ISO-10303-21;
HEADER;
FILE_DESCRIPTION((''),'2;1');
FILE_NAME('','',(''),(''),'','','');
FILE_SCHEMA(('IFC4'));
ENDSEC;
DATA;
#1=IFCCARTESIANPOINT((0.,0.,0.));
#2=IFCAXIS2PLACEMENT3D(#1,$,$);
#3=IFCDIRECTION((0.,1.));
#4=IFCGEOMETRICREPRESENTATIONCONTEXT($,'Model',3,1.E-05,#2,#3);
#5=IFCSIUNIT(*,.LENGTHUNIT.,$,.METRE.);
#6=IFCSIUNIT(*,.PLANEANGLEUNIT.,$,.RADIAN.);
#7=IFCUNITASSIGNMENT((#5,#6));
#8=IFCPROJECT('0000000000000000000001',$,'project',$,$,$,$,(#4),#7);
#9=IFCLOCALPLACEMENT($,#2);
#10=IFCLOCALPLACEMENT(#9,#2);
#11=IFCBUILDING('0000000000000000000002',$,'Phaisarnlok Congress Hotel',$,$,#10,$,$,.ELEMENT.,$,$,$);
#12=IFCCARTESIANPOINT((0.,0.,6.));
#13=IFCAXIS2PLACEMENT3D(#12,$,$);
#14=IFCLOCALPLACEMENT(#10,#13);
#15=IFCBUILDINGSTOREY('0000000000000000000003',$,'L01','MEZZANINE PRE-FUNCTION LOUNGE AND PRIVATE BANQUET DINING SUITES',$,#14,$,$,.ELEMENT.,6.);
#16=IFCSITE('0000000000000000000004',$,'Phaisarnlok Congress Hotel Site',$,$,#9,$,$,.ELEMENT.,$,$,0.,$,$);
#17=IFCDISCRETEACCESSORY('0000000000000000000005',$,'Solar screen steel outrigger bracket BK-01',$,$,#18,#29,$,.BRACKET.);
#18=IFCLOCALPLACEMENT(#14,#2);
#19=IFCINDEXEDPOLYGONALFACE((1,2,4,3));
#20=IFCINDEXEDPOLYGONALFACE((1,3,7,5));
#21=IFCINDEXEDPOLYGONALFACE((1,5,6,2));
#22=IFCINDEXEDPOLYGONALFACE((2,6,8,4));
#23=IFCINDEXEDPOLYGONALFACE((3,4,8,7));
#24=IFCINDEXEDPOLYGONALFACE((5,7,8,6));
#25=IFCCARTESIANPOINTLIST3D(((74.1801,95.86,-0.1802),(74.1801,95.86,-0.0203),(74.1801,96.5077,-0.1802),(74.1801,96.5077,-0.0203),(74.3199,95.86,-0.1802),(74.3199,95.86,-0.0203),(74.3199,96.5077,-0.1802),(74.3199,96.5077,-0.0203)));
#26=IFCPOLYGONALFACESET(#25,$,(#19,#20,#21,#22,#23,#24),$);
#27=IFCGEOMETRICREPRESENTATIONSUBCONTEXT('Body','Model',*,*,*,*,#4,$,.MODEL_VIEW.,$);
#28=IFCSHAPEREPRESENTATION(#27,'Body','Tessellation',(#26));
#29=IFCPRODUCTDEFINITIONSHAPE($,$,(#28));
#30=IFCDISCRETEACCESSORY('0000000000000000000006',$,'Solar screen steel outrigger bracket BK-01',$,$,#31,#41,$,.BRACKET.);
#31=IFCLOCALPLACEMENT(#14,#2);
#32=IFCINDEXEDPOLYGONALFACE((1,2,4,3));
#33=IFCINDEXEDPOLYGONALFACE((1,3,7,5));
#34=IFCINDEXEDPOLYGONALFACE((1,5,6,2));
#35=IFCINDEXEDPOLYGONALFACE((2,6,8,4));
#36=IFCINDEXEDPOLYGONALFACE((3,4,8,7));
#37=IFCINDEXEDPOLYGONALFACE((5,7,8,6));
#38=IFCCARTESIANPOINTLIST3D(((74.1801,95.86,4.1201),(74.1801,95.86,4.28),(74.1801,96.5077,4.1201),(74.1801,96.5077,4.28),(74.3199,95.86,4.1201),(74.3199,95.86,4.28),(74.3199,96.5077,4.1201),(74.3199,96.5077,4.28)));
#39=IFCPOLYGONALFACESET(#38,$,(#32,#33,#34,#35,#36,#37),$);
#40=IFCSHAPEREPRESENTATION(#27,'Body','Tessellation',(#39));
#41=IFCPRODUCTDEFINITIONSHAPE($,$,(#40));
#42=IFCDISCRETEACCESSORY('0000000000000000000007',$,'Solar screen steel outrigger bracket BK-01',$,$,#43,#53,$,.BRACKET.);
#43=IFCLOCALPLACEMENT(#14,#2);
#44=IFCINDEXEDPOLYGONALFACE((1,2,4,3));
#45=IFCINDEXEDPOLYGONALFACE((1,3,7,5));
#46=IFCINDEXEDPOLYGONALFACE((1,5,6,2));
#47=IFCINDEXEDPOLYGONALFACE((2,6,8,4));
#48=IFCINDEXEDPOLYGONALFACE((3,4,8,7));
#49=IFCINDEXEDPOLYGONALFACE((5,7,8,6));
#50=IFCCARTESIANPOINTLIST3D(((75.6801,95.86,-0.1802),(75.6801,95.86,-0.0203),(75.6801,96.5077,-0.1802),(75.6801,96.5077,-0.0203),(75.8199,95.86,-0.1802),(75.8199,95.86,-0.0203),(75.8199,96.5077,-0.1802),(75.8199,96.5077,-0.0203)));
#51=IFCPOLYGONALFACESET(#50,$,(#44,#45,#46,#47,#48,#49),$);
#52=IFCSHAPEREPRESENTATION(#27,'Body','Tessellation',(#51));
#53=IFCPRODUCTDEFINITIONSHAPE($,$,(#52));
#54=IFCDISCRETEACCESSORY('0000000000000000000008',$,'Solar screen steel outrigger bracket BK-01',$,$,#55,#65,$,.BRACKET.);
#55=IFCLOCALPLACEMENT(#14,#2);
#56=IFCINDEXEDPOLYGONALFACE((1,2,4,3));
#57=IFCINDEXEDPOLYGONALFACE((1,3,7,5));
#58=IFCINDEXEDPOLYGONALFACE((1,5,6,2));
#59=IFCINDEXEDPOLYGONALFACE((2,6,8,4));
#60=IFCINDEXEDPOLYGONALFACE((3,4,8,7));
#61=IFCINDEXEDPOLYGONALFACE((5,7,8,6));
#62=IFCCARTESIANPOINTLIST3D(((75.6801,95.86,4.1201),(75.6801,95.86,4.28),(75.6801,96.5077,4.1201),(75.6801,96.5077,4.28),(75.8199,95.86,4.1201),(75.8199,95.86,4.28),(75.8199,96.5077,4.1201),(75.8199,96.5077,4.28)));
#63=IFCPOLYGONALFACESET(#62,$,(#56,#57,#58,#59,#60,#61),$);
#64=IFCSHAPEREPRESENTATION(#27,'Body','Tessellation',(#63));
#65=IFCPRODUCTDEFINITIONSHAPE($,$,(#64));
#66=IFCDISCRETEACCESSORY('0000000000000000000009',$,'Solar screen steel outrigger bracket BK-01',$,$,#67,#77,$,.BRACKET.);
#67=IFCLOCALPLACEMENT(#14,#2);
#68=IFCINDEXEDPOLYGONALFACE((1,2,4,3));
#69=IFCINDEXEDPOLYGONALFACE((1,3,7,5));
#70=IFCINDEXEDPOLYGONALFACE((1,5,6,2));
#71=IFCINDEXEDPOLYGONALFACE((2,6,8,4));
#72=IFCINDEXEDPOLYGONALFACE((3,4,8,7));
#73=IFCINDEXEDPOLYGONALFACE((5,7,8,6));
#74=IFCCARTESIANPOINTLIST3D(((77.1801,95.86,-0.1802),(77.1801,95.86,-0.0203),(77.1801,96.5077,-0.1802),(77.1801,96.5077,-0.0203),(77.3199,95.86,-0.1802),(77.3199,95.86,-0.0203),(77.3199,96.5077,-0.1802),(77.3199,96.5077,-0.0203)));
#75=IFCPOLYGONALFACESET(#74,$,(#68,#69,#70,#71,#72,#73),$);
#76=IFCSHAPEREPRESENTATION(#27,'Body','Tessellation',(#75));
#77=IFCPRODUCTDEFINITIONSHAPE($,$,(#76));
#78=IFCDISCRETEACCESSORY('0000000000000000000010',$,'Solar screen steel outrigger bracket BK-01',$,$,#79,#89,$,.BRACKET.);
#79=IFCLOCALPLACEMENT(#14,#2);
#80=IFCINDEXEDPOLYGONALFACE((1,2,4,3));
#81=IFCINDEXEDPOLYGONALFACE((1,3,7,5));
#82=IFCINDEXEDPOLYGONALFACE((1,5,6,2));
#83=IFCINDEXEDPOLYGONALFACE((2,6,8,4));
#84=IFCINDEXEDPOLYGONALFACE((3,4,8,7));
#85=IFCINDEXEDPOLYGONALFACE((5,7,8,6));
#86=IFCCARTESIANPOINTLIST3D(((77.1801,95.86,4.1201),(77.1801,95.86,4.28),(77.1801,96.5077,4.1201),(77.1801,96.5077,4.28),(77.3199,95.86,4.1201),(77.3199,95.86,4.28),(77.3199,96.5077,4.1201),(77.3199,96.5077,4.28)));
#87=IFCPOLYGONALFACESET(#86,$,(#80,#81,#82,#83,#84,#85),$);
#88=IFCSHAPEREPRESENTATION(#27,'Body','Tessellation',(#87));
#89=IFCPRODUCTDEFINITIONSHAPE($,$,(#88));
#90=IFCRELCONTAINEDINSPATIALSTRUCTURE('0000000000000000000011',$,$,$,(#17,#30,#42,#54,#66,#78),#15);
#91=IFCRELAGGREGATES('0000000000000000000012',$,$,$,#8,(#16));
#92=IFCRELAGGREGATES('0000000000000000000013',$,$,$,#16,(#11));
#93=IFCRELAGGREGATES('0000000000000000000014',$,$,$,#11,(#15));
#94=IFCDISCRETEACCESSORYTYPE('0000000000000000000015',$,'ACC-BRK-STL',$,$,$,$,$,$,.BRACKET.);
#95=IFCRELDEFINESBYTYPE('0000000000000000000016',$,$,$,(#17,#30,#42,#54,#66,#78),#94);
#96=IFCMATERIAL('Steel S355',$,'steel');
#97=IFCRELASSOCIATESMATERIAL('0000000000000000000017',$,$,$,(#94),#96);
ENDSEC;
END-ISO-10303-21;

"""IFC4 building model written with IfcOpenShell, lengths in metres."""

from ifc_helpers import new_model, si_unit, direction, frame, origin, origin_2d, place, context, subcontext, project, spatial, rectangle, extrude, material, type_object, element, save


model = new_model("IFC4")

# Units and contexts
model_context = context("Model", 3, precision=1e-05, world=origin(), true_north=direction((0.0, 1.0)))
body_context = subcontext(model_context, "Body", "Model", "MODEL_VIEW")
ifc_project = project(units=[si_unit("LENGTHUNIT", "METRE"), si_unit("PLANEANGLEUNIT", "RADIAN")], contexts=[model_context])

# Site, building, storey
site_placement = place(None, origin())
site = spatial("IfcSite", under=ifc_project, at=site_placement, Name="Phaisarnlok Congress Hotel Site", CompositionType="ELEMENT", RefElevation=0.0)
building_placement = place(site_placement, origin())
building = spatial("IfcBuilding", under=site, at=building_placement, Name="Phaisarnlok Congress Hotel", CompositionType="ELEMENT")
storey_placement = place(building_placement, frame((0.0, 0.0, 6.0)))
storey = spatial("IfcBuildingStorey", under=building, at=storey_placement, Name="L01", Description="MEZZANINE PRE-FUNCTION LOUNGE AND PRIVATE BANQUET DINING SUITES", CompositionType="ELEMENT", Elevation=6.0)

# Discrete accessories
ifc_material_1 = material(Name="Steel S355", Category="steel")
discrete_accessory_type = type_object("IfcDiscreteAccessoryType", Name="ACC-BRK-STL", PredefinedType="BRACKET", material=ifc_material_1)
for number, where, z_axis, x_axis, name in (
    (1, (74.25, 96.1838, -0.1802), (0.0, 0.0, 1.0), (1.0, 0.0, 0.0), "Solar screen steel outrigger bracket BK-01"),
    (2, (74.25, 96.1838, 4.1201), (0.0, 0.0, 1.0), (1.0, 0.0, 0.0), "Solar screen steel outrigger bracket BK-01"),
    (3, (75.75, 96.1838, -0.1802), (0.0, 0.0, 1.0), (1.0, 0.0, 0.0), "Solar screen steel outrigger bracket BK-01"),
    (4, (75.75, 96.1838, 4.1201), (0.0, 0.0, 1.0), (1.0, 0.0, 0.0), "Solar screen steel outrigger bracket BK-01"),
    (5, (77.25, 96.1838, -0.1802), (0.0, 0.0, 1.0), (1.0, 0.0, 0.0), "Solar screen steel outrigger bracket BK-01"),
    (6, (77.25, 96.1838, 4.1201), (0.0, 0.0, 1.0), (1.0, 0.0, 0.0), "Solar screen steel outrigger bracket BK-01"),
):
    element("IfcDiscreteAccessory", number, at=place(storey_placement, frame(where, z_axis=z_axis, x_axis=x_axis)), inside=storey, type_object=discrete_accessory_type, Name=name, PredefinedType="BRACKET", context=body_context, shape_type="SweptSolid", body=[
        extrude(rectangle(XDim=0.1399, YDim=0.6477, at=origin_2d()), origin(), (0.0, 0.0, 1.0), 0.1599),
    ])

save(model, "model.ifc")
